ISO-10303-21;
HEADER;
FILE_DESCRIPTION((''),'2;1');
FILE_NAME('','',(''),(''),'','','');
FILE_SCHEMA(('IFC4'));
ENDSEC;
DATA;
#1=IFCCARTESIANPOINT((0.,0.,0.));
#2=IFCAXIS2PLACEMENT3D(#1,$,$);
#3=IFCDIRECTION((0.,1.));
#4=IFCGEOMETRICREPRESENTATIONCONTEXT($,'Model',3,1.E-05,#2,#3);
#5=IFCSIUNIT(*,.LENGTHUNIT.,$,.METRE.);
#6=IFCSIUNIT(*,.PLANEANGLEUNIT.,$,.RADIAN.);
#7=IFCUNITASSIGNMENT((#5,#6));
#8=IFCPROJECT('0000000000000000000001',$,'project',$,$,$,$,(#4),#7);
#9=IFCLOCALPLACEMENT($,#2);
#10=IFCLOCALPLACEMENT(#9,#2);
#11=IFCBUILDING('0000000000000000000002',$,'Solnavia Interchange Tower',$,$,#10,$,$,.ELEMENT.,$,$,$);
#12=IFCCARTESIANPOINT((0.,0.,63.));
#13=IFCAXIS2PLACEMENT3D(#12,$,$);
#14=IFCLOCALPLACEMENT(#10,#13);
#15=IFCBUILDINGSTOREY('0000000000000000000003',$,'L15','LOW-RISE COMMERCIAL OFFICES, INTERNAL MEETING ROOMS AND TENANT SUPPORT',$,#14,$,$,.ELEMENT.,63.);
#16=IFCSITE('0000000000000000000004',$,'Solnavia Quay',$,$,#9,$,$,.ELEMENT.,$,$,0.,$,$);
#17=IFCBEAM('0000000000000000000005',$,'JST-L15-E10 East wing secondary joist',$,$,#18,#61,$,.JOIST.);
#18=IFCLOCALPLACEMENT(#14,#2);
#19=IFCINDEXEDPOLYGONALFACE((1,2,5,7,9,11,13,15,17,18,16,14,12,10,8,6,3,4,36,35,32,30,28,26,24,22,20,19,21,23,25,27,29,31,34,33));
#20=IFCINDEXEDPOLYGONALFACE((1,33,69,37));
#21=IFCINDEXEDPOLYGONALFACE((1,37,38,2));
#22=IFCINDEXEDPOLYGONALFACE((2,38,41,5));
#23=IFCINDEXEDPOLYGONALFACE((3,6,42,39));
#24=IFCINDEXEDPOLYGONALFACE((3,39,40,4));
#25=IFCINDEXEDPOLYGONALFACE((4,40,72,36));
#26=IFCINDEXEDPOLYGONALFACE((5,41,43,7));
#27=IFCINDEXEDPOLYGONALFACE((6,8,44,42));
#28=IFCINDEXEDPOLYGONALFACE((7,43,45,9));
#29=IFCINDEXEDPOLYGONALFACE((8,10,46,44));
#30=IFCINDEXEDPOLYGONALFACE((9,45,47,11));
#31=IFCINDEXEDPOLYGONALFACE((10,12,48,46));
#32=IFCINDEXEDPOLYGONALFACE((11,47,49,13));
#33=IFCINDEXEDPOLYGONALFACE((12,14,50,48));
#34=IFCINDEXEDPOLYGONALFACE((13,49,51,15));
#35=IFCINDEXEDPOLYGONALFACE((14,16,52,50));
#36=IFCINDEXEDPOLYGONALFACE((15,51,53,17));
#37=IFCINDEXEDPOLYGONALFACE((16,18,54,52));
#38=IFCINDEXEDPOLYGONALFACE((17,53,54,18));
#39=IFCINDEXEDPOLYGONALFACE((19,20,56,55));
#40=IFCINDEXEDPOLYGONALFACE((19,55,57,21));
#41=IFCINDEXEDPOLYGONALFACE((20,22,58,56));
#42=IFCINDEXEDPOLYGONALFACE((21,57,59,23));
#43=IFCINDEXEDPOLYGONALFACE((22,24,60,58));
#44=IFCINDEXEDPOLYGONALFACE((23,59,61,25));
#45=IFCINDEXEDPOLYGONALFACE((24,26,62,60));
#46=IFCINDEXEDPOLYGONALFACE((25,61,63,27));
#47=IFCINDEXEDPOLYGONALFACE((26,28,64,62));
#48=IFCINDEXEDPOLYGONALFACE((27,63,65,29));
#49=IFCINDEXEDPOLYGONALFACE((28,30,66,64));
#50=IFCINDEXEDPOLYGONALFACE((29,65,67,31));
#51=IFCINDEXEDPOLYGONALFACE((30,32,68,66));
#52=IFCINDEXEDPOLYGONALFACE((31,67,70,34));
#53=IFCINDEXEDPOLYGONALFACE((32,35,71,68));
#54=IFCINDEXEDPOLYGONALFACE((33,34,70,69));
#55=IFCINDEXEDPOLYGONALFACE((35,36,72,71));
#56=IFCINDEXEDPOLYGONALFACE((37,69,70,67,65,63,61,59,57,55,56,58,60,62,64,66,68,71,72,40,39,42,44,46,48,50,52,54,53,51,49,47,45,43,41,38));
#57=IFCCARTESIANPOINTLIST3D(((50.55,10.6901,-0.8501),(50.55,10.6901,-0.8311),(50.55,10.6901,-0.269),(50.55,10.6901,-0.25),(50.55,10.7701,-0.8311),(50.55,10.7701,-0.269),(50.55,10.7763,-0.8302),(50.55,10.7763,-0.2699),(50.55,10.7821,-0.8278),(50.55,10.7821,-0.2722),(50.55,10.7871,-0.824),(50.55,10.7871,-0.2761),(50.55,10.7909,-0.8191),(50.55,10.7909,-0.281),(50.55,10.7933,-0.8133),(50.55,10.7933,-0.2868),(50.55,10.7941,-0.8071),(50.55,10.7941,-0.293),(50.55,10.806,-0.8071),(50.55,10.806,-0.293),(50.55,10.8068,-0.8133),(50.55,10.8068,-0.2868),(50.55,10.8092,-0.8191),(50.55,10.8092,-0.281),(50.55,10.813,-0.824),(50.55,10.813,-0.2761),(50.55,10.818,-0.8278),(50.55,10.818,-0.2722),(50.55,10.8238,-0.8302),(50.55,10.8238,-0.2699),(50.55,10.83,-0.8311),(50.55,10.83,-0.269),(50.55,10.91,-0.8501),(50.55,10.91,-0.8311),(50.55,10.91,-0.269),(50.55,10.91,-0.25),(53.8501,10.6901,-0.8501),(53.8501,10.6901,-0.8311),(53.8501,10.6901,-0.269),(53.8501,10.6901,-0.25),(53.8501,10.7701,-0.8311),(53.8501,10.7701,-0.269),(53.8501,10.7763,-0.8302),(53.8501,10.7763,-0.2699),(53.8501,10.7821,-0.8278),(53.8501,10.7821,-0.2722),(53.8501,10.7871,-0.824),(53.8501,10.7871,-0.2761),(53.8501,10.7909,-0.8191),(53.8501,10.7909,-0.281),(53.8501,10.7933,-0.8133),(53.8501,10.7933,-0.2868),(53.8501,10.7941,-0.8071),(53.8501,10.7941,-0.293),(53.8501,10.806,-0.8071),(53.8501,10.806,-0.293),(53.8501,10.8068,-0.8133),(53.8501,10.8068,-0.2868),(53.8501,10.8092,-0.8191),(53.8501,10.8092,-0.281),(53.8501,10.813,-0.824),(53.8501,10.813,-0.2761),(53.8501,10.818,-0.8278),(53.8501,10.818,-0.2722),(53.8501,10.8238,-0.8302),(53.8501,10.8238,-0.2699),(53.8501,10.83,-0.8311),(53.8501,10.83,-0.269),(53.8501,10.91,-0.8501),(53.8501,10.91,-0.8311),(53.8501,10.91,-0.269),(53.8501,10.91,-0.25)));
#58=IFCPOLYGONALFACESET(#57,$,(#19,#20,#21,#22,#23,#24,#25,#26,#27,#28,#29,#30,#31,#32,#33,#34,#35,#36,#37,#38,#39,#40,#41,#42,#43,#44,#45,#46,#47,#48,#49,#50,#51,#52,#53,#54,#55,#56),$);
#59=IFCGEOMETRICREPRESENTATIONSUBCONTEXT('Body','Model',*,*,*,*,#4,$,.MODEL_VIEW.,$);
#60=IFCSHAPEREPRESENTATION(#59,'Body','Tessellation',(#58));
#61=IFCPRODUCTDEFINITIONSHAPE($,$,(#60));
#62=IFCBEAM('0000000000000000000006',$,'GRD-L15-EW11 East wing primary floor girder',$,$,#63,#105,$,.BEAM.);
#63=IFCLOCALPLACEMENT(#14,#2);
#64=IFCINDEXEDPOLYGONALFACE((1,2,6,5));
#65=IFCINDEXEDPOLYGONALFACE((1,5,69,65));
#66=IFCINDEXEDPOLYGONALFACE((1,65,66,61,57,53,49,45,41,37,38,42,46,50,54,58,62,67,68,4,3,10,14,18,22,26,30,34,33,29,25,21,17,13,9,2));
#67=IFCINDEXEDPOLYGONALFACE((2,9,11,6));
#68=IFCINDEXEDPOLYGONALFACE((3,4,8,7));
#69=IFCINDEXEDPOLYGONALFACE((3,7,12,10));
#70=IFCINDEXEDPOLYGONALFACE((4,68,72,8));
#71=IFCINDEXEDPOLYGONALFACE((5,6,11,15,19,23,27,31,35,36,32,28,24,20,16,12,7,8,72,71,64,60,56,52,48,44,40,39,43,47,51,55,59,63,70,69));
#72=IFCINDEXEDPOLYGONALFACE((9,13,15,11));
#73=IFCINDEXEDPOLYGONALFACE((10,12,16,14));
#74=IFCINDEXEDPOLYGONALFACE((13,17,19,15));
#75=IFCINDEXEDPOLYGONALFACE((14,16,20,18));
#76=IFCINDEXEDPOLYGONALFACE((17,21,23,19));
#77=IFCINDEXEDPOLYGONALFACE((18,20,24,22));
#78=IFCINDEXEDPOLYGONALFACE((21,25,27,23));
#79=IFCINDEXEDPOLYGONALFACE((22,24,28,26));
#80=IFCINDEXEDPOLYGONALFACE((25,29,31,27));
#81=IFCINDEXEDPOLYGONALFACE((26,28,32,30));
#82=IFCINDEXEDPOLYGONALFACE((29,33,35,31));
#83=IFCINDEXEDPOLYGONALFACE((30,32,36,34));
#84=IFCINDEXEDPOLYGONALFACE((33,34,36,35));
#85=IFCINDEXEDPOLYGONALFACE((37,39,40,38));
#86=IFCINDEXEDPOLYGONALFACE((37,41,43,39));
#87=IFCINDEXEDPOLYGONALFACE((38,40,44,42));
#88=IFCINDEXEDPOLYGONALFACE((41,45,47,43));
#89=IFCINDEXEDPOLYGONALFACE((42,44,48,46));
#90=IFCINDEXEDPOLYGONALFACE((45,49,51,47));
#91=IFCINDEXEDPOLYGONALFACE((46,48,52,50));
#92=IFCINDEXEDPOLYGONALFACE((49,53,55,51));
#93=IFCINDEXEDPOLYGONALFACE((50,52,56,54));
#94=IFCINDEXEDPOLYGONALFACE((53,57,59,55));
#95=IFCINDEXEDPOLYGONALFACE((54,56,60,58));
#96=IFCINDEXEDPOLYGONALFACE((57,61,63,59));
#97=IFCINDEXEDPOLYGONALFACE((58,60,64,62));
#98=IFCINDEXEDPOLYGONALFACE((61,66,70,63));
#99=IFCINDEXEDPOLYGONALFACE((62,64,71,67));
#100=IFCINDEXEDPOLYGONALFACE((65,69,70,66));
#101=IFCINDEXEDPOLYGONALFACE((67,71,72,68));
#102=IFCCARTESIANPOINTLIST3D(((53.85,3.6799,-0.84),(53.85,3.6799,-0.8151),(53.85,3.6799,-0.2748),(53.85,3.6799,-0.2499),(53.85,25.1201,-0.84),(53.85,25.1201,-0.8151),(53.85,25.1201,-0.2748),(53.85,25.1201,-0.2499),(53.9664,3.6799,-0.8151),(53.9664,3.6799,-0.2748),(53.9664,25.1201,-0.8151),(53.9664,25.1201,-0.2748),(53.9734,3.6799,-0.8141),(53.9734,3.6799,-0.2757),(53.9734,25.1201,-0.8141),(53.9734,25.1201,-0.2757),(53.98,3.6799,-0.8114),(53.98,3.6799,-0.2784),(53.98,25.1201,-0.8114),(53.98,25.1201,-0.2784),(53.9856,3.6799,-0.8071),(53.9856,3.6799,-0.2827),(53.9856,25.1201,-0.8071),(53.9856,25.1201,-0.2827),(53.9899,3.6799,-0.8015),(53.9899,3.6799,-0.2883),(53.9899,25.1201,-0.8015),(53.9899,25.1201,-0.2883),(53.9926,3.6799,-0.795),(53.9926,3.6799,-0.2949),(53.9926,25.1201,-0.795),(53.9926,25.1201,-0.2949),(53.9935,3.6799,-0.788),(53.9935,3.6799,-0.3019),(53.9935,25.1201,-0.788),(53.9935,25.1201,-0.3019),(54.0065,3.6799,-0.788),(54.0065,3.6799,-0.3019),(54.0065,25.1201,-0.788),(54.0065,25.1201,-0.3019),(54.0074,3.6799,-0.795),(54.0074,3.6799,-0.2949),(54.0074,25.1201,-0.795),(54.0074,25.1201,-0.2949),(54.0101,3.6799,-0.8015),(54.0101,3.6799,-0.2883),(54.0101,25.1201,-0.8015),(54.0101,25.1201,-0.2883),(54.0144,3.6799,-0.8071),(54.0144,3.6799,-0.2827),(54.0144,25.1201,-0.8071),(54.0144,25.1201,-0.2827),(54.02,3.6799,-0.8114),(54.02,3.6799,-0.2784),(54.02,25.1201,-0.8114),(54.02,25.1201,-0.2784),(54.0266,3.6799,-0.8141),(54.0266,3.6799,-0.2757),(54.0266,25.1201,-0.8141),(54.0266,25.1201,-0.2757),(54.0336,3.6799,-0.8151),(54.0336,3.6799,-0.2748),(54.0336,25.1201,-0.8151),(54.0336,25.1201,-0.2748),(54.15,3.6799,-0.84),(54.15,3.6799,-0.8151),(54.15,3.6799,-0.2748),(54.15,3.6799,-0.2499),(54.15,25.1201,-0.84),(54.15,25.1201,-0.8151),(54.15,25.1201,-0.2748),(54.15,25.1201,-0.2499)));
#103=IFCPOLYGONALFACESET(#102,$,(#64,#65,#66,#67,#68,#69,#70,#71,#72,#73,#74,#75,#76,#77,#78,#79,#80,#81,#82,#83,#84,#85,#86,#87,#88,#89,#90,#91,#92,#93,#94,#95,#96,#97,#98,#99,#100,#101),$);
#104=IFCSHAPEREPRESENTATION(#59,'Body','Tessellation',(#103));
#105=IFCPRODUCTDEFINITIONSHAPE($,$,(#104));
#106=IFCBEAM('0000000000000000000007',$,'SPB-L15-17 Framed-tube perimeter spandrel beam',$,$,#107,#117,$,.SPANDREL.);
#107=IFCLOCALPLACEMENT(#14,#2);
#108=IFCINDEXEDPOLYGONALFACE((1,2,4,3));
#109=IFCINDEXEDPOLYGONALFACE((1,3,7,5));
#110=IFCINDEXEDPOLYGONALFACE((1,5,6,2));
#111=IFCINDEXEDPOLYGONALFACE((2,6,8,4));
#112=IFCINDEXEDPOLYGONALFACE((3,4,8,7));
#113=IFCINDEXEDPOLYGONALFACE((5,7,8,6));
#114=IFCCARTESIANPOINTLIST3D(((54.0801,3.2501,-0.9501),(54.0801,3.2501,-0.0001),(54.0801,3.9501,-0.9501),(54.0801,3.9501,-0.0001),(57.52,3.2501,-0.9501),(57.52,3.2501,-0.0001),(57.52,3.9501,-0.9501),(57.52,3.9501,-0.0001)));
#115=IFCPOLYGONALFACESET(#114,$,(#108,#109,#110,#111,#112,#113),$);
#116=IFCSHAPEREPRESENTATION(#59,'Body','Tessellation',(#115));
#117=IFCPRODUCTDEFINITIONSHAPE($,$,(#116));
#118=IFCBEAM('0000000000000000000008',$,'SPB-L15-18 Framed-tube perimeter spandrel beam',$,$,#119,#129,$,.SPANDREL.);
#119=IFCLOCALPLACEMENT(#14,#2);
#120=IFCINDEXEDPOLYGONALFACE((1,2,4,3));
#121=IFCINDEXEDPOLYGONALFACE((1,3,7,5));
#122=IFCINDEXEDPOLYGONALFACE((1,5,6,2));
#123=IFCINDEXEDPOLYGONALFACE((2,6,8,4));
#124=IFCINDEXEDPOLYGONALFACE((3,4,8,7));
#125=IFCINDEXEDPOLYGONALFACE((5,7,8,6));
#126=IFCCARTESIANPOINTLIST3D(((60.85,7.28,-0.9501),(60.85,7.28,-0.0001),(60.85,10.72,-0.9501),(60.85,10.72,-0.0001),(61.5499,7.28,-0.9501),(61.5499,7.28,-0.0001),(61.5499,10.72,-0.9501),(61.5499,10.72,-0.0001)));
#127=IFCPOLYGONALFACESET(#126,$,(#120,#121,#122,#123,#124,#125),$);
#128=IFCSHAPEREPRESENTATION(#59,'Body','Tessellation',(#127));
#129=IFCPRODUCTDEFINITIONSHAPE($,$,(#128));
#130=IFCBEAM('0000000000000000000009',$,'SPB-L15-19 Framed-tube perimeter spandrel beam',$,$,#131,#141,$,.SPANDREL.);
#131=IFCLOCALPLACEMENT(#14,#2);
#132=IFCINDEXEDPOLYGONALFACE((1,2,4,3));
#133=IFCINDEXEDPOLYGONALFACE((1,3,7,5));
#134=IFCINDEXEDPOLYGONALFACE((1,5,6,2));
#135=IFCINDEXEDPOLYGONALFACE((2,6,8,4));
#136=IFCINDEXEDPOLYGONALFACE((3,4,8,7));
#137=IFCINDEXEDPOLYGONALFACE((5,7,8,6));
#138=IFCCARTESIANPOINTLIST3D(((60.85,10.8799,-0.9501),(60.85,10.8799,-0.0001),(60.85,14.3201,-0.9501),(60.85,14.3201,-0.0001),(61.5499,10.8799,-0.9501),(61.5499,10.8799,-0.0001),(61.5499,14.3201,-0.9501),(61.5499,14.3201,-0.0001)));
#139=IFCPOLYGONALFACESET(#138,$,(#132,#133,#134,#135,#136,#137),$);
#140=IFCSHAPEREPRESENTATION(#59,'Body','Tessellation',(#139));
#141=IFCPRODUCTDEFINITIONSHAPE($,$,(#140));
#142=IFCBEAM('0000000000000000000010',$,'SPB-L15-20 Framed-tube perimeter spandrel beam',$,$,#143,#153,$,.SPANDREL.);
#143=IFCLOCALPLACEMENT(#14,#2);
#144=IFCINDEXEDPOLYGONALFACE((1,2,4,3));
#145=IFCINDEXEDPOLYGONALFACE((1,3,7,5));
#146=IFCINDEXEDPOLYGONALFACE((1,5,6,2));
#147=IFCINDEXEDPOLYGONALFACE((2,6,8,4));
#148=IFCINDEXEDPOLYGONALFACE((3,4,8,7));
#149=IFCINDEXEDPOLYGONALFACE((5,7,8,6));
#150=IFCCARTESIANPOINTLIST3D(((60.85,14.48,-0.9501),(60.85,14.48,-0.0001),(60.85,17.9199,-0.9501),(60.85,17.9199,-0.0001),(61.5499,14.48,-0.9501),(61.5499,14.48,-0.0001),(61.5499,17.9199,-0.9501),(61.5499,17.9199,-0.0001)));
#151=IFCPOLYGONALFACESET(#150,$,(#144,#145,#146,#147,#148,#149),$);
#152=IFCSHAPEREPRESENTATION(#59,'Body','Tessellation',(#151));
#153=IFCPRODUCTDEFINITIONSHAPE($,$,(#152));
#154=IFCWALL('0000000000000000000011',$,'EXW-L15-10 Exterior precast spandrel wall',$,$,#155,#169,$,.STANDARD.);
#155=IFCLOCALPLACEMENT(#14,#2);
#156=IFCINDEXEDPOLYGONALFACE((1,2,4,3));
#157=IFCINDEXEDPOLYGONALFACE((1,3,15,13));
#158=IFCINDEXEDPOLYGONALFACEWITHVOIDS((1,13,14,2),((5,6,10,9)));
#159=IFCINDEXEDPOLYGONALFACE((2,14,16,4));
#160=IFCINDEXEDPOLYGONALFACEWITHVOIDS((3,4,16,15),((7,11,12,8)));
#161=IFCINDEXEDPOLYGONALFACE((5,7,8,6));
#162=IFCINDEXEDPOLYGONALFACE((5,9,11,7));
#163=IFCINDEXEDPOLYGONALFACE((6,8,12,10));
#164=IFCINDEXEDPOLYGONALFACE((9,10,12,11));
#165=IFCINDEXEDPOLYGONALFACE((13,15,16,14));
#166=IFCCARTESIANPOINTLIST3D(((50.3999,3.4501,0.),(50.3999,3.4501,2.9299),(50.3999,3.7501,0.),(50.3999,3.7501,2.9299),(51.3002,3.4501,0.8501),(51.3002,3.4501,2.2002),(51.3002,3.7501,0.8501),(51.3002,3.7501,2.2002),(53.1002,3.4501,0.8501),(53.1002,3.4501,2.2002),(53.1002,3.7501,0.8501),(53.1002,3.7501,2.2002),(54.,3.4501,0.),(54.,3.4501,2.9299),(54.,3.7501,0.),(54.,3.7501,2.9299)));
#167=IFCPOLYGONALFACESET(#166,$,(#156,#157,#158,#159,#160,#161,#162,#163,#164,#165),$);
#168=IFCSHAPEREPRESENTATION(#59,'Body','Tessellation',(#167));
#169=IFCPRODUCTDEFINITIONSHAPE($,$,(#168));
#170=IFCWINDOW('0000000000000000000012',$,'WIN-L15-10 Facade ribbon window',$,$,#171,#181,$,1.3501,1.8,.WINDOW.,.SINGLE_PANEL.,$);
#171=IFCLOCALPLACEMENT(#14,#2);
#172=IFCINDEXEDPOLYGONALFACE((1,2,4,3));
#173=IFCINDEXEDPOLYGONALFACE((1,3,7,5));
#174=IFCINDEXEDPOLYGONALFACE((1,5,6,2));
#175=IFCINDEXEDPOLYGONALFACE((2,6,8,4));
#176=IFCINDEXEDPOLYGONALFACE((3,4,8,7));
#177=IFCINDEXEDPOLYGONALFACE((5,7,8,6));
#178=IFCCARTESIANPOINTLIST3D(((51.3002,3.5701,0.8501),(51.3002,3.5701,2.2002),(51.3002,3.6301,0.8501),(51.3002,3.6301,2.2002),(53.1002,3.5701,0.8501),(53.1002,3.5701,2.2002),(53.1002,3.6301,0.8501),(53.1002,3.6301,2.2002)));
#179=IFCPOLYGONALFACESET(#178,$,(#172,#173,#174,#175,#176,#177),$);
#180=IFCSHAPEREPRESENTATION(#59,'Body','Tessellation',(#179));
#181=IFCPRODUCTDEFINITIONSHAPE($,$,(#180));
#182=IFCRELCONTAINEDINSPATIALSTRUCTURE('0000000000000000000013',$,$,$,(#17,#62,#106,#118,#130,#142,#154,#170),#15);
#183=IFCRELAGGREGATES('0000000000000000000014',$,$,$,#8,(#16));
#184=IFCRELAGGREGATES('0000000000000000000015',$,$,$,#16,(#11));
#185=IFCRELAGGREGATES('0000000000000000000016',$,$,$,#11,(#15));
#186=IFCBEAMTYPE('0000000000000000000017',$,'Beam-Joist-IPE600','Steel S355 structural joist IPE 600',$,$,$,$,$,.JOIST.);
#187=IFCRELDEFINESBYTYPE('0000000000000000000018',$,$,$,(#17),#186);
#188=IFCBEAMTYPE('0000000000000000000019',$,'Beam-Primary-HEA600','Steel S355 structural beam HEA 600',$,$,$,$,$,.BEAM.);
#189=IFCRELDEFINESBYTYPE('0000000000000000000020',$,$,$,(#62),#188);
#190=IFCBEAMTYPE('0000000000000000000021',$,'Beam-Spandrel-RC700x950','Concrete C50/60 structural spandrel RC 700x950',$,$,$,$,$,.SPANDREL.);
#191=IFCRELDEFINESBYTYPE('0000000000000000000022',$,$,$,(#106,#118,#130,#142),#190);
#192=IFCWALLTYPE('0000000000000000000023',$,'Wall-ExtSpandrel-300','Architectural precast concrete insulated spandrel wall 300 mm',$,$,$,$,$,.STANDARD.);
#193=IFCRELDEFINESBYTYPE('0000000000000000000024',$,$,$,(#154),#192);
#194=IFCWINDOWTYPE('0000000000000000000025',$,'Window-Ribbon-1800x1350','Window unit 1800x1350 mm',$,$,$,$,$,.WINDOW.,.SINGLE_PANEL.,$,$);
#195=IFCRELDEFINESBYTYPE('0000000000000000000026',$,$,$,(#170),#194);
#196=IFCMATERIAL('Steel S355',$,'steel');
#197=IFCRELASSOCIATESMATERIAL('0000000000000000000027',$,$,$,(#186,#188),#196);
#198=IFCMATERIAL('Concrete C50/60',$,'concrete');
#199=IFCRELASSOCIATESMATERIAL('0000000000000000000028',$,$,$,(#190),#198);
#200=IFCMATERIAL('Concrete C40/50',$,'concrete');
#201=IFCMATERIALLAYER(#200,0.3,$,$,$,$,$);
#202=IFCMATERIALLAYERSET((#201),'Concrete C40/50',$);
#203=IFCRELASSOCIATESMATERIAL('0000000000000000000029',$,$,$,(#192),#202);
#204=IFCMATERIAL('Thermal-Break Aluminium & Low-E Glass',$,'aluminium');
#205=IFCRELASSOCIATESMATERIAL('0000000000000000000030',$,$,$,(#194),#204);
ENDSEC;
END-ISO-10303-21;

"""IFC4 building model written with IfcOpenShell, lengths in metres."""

from ifc_helpers import new_model, si_unit, direction, frame, frame_2d, origin, origin_2d, place, context, subcontext, project, spatial, rectangle, i_section, extrude, material, layer, layer_set, material_profile, profile_set, type_object, element, fill, save


model = new_model("IFC4")

# Units and contexts
model_context = context("Model", 3, precision=1e-05, world=origin(), true_north=direction((0.0, 1.0)))
body_context = subcontext(model_context, "Body", "Model", "MODEL_VIEW")
ifc_project = project(units=[si_unit("LENGTHUNIT", "METRE"), si_unit("PLANEANGLEUNIT", "RADIAN")], contexts=[model_context])

# Site, building, storey
site_placement = place(None, origin())
site = spatial("IfcSite", under=ifc_project, at=site_placement, Name="Solnavia Quay", CompositionType="ELEMENT", RefElevation=0.0)
building_placement = place(site_placement, origin())
building = spatial("IfcBuilding", under=site, at=building_placement, Name="Solnavia Interchange Tower", CompositionType="ELEMENT")
storey_placement = place(building_placement, frame((0.0, 0.0, 63.0)))
storey = spatial("IfcBuildingStorey", under=building, at=storey_placement, Name="L15", Description="LOW-RISE COMMERCIAL OFFICES, INTERNAL MEETING ROOMS AND TENANT SUPPORT", CompositionType="ELEMENT", Elevation=63.0)

# Beams
ifc_material_1 = material(Name="Steel S355", Category="steel")
ifc_material_profile_1 = material_profile(ifc_material_1, i_section(OverallWidth=0.22, OverallDepth=0.6001, WebThickness=0.012, FlangeThickness=0.019, FilletRadius=0.0239, at=origin_2d()), Name="IPE 600")
ifc_profile_set_1 = profile_set([ifc_material_profile_1], Name="Steel S355")
beam_type_1 = type_object("IfcBeamType", Name="Beam-Joist-IPE600", Description="Steel S355 structural joist IPE 600", PredefinedType="JOIST", material=ifc_profile_set_1)
beam_1_placement = place(storey_placement, frame((50.55, 10.8, -0.55), z_axis=(1.0, 0.0, 0.0), x_axis=(0.0, 1.0, 0.0)))
element("IfcBeam", 1, at=beam_1_placement, inside=storey, type_object=beam_type_1, Name="JST-L15-E10 East wing secondary joist", PredefinedType="JOIST", context=body_context, shape_type="SweptSolid", body=[
    extrude(i_section(OverallWidth=0.22, OverallDepth=0.6001, WebThickness=0.012, FlangeThickness=0.019, FilletRadius=0.0239, at=origin_2d()), origin(), (0.0, 0.0, 1.0), 3.3),
])
ifc_material_profile_2 = material_profile(ifc_material_1, i_section(OverallWidth=0.3, OverallDepth=0.5901, WebThickness=0.0129, FlangeThickness=0.0249, FilletRadius=0.0271, at=origin_2d()), Name="HEA 600")
ifc_profile_set_2 = profile_set([ifc_material_profile_2], Name="Steel S355")
beam_type_2 = type_object("IfcBeamType", Name="Beam-Primary-HEA600", Description="Steel S355 structural beam HEA 600", PredefinedType="BEAM", material=ifc_profile_set_2)
beam_2_placement = place(storey_placement, frame((54.0, 3.6799, -0.5449), z_axis=(0.0, 1.0, 0.0), x_axis=(-1.0, 0.0, 0.0)))
element("IfcBeam", 2, at=beam_2_placement, inside=storey, type_object=beam_type_2, Name="GRD-L15-EW11 East wing primary floor girder", PredefinedType="BEAM", context=body_context, shape_type="SweptSolid", body=[
    extrude(i_section(OverallWidth=0.3, OverallDepth=0.5901, WebThickness=0.0129, FlangeThickness=0.0249, FilletRadius=0.0271, at=origin_2d()), origin(), (0.0, 0.0, 1.0), 21.4402),
])
ifc_material_2 = material(Name="Concrete C50/60", Category="concrete")
ifc_material_profile_3 = material_profile(ifc_material_2, rectangle(XDim=0.7, YDim=0.95, at=origin_2d()), Name="RC 700x950")
ifc_profile_set_3 = profile_set([ifc_material_profile_3], Name="Concrete C50/60")
beam_type_3 = type_object("IfcBeamType", Name="Beam-Spandrel-RC700x950", Description="Concrete C50/60 structural spandrel RC 700x950", PredefinedType="SPANDREL", material=ifc_profile_set_3)
for number, where, z_axis, x_axis, name in (
    (3, (54.0801, 3.6001, -0.4751), (1.0, 0.0, 0.0), (0.0, 1.0, 0.0), "SPB-L15-17 Framed-tube perimeter spandrel beam"),
    (4, (61.2, 7.28, -0.4751), (0.0, 1.0, 0.0), (-1.0, 0.0, 0.0), "SPB-L15-18 Framed-tube perimeter spandrel beam"),
):
    element("IfcBeam", number, at=place(storey_placement, frame(where, z_axis=z_axis, x_axis=x_axis)), inside=storey, type_object=beam_type_3, Name=name, PredefinedType="SPANDREL", context=body_context, shape_type="SweptSolid", body=[
        extrude(rectangle(XDim=0.7, YDim=0.95, at=origin_2d()), origin(), (0.0, 0.0, 1.0), 3.4399),
    ])
beam_3_placement = place(storey_placement, frame((61.2, 10.8799, -0.4751), z_axis=(0.0, 1.0, 0.0), x_axis=(-1.0, 0.0, 0.0)))
element("IfcBeam", 5, at=beam_3_placement, inside=storey, type_object=beam_type_3, Name="SPB-L15-19 Framed-tube perimeter spandrel beam", PredefinedType="SPANDREL", context=body_context, shape_type="SweptSolid", body=[
    extrude(rectangle(XDim=0.7, YDim=0.95, at=origin_2d()), origin(), (0.0, 0.0, 1.0), 3.4402),
])
beam_4_placement = place(storey_placement, frame((61.2, 14.48, -0.4751), z_axis=(0.0, 1.0, 0.0), x_axis=(-1.0, 0.0, 0.0)))
element("IfcBeam", 6, at=beam_4_placement, inside=storey, type_object=beam_type_3, Name="SPB-L15-20 Framed-tube perimeter spandrel beam", PredefinedType="SPANDREL", context=body_context, shape_type="SweptSolid", body=[
    extrude(rectangle(XDim=0.7, YDim=0.95, at=origin_2d()), origin(), (0.0, 0.0, 1.0), 3.4399),
])

# Wall, opening, window
ifc_material_3 = material(Name="Concrete C40/50", Category="concrete")
ifc_layer_1 = layer(ifc_material_3, 0.3)
ifc_layer_set_1 = layer_set([ifc_layer_1], Name="Concrete C40/50")
wall_type_1 = type_object("IfcWallType", Name="Wall-ExtSpandrel-300", Description="Architectural precast concrete insulated spandrel wall 300 mm", PredefinedType="STANDARD", material=ifc_layer_set_1)
wall_1_placement = place(storey_placement, frame((54.0, 3.6001, 0.0), z_axis=(0.0, 0.0, 1.0), x_axis=(-1.0, 0.0, 0.0)))
wall_1 = element("IfcWall", 7, at=wall_1_placement, inside=storey, type_object=wall_type_1, Name="EXW-L15-10 Exterior precast spandrel wall", PredefinedType="STANDARD", context=body_context, shape_type="SweptSolid", body=[
    extrude(rectangle(XDim=3.6001, YDim=0.3, at=frame_2d((1.8, 0.0))), origin(), (0.0, 0.0, 1.0), 2.9299),
])
opening_1_placement = place(wall_1_placement, frame((0.8999, 0.0, 0.8501)))
opening_1 = element("IfcOpeningElement", 8, at=opening_1_placement, cuts=wall_1, PredefinedType="OPENING", context=body_context, shape_type="SweptSolid", body=[
    extrude(rectangle(XDim=1.8, YDim=1.3501, at=frame_2d((0.8999, 0.675))), frame((0.0, 0.1602, 0.0), z_axis=(0.0, -1.0, 0.0), x_axis=(1.0, 0.0, 0.0)), (0.0, 0.0, 1.0), 0.3201),
])
ifc_material_4 = material(Name="Thermal-Break Aluminium & Low-E Glass", Category="aluminium")
window_type = type_object("IfcWindowType", Name="Window-Ribbon-1800x1350", Description="Window unit 1800x1350 mm", PartitioningType="SINGLE_PANEL", PredefinedType="WINDOW", material=ifc_material_4)
window_1_placement = place(opening_1_placement, origin())
window_1 = element("IfcWindow", 9, at=window_1_placement, inside=storey, type_object=window_type, Name="WIN-L15-10 Facade ribbon window", OverallHeight=1.3501, OverallWidth=1.8, PartitioningType="SINGLE_PANEL", PredefinedType="WINDOW", context=body_context, shape_type="SweptSolid", body=[
    extrude(rectangle(XDim=1.8, YDim=1.3501, at=frame_2d((0.8999, 0.675))), frame((0.0, 0.03, 0.0), z_axis=(0.0, -1.0, 0.0), x_axis=(1.0, 0.0, 0.0)), (0.0, 0.0, 1.0), 0.0601),
])
fill(opening_1, window_1)

save(model, "model.ifc")
